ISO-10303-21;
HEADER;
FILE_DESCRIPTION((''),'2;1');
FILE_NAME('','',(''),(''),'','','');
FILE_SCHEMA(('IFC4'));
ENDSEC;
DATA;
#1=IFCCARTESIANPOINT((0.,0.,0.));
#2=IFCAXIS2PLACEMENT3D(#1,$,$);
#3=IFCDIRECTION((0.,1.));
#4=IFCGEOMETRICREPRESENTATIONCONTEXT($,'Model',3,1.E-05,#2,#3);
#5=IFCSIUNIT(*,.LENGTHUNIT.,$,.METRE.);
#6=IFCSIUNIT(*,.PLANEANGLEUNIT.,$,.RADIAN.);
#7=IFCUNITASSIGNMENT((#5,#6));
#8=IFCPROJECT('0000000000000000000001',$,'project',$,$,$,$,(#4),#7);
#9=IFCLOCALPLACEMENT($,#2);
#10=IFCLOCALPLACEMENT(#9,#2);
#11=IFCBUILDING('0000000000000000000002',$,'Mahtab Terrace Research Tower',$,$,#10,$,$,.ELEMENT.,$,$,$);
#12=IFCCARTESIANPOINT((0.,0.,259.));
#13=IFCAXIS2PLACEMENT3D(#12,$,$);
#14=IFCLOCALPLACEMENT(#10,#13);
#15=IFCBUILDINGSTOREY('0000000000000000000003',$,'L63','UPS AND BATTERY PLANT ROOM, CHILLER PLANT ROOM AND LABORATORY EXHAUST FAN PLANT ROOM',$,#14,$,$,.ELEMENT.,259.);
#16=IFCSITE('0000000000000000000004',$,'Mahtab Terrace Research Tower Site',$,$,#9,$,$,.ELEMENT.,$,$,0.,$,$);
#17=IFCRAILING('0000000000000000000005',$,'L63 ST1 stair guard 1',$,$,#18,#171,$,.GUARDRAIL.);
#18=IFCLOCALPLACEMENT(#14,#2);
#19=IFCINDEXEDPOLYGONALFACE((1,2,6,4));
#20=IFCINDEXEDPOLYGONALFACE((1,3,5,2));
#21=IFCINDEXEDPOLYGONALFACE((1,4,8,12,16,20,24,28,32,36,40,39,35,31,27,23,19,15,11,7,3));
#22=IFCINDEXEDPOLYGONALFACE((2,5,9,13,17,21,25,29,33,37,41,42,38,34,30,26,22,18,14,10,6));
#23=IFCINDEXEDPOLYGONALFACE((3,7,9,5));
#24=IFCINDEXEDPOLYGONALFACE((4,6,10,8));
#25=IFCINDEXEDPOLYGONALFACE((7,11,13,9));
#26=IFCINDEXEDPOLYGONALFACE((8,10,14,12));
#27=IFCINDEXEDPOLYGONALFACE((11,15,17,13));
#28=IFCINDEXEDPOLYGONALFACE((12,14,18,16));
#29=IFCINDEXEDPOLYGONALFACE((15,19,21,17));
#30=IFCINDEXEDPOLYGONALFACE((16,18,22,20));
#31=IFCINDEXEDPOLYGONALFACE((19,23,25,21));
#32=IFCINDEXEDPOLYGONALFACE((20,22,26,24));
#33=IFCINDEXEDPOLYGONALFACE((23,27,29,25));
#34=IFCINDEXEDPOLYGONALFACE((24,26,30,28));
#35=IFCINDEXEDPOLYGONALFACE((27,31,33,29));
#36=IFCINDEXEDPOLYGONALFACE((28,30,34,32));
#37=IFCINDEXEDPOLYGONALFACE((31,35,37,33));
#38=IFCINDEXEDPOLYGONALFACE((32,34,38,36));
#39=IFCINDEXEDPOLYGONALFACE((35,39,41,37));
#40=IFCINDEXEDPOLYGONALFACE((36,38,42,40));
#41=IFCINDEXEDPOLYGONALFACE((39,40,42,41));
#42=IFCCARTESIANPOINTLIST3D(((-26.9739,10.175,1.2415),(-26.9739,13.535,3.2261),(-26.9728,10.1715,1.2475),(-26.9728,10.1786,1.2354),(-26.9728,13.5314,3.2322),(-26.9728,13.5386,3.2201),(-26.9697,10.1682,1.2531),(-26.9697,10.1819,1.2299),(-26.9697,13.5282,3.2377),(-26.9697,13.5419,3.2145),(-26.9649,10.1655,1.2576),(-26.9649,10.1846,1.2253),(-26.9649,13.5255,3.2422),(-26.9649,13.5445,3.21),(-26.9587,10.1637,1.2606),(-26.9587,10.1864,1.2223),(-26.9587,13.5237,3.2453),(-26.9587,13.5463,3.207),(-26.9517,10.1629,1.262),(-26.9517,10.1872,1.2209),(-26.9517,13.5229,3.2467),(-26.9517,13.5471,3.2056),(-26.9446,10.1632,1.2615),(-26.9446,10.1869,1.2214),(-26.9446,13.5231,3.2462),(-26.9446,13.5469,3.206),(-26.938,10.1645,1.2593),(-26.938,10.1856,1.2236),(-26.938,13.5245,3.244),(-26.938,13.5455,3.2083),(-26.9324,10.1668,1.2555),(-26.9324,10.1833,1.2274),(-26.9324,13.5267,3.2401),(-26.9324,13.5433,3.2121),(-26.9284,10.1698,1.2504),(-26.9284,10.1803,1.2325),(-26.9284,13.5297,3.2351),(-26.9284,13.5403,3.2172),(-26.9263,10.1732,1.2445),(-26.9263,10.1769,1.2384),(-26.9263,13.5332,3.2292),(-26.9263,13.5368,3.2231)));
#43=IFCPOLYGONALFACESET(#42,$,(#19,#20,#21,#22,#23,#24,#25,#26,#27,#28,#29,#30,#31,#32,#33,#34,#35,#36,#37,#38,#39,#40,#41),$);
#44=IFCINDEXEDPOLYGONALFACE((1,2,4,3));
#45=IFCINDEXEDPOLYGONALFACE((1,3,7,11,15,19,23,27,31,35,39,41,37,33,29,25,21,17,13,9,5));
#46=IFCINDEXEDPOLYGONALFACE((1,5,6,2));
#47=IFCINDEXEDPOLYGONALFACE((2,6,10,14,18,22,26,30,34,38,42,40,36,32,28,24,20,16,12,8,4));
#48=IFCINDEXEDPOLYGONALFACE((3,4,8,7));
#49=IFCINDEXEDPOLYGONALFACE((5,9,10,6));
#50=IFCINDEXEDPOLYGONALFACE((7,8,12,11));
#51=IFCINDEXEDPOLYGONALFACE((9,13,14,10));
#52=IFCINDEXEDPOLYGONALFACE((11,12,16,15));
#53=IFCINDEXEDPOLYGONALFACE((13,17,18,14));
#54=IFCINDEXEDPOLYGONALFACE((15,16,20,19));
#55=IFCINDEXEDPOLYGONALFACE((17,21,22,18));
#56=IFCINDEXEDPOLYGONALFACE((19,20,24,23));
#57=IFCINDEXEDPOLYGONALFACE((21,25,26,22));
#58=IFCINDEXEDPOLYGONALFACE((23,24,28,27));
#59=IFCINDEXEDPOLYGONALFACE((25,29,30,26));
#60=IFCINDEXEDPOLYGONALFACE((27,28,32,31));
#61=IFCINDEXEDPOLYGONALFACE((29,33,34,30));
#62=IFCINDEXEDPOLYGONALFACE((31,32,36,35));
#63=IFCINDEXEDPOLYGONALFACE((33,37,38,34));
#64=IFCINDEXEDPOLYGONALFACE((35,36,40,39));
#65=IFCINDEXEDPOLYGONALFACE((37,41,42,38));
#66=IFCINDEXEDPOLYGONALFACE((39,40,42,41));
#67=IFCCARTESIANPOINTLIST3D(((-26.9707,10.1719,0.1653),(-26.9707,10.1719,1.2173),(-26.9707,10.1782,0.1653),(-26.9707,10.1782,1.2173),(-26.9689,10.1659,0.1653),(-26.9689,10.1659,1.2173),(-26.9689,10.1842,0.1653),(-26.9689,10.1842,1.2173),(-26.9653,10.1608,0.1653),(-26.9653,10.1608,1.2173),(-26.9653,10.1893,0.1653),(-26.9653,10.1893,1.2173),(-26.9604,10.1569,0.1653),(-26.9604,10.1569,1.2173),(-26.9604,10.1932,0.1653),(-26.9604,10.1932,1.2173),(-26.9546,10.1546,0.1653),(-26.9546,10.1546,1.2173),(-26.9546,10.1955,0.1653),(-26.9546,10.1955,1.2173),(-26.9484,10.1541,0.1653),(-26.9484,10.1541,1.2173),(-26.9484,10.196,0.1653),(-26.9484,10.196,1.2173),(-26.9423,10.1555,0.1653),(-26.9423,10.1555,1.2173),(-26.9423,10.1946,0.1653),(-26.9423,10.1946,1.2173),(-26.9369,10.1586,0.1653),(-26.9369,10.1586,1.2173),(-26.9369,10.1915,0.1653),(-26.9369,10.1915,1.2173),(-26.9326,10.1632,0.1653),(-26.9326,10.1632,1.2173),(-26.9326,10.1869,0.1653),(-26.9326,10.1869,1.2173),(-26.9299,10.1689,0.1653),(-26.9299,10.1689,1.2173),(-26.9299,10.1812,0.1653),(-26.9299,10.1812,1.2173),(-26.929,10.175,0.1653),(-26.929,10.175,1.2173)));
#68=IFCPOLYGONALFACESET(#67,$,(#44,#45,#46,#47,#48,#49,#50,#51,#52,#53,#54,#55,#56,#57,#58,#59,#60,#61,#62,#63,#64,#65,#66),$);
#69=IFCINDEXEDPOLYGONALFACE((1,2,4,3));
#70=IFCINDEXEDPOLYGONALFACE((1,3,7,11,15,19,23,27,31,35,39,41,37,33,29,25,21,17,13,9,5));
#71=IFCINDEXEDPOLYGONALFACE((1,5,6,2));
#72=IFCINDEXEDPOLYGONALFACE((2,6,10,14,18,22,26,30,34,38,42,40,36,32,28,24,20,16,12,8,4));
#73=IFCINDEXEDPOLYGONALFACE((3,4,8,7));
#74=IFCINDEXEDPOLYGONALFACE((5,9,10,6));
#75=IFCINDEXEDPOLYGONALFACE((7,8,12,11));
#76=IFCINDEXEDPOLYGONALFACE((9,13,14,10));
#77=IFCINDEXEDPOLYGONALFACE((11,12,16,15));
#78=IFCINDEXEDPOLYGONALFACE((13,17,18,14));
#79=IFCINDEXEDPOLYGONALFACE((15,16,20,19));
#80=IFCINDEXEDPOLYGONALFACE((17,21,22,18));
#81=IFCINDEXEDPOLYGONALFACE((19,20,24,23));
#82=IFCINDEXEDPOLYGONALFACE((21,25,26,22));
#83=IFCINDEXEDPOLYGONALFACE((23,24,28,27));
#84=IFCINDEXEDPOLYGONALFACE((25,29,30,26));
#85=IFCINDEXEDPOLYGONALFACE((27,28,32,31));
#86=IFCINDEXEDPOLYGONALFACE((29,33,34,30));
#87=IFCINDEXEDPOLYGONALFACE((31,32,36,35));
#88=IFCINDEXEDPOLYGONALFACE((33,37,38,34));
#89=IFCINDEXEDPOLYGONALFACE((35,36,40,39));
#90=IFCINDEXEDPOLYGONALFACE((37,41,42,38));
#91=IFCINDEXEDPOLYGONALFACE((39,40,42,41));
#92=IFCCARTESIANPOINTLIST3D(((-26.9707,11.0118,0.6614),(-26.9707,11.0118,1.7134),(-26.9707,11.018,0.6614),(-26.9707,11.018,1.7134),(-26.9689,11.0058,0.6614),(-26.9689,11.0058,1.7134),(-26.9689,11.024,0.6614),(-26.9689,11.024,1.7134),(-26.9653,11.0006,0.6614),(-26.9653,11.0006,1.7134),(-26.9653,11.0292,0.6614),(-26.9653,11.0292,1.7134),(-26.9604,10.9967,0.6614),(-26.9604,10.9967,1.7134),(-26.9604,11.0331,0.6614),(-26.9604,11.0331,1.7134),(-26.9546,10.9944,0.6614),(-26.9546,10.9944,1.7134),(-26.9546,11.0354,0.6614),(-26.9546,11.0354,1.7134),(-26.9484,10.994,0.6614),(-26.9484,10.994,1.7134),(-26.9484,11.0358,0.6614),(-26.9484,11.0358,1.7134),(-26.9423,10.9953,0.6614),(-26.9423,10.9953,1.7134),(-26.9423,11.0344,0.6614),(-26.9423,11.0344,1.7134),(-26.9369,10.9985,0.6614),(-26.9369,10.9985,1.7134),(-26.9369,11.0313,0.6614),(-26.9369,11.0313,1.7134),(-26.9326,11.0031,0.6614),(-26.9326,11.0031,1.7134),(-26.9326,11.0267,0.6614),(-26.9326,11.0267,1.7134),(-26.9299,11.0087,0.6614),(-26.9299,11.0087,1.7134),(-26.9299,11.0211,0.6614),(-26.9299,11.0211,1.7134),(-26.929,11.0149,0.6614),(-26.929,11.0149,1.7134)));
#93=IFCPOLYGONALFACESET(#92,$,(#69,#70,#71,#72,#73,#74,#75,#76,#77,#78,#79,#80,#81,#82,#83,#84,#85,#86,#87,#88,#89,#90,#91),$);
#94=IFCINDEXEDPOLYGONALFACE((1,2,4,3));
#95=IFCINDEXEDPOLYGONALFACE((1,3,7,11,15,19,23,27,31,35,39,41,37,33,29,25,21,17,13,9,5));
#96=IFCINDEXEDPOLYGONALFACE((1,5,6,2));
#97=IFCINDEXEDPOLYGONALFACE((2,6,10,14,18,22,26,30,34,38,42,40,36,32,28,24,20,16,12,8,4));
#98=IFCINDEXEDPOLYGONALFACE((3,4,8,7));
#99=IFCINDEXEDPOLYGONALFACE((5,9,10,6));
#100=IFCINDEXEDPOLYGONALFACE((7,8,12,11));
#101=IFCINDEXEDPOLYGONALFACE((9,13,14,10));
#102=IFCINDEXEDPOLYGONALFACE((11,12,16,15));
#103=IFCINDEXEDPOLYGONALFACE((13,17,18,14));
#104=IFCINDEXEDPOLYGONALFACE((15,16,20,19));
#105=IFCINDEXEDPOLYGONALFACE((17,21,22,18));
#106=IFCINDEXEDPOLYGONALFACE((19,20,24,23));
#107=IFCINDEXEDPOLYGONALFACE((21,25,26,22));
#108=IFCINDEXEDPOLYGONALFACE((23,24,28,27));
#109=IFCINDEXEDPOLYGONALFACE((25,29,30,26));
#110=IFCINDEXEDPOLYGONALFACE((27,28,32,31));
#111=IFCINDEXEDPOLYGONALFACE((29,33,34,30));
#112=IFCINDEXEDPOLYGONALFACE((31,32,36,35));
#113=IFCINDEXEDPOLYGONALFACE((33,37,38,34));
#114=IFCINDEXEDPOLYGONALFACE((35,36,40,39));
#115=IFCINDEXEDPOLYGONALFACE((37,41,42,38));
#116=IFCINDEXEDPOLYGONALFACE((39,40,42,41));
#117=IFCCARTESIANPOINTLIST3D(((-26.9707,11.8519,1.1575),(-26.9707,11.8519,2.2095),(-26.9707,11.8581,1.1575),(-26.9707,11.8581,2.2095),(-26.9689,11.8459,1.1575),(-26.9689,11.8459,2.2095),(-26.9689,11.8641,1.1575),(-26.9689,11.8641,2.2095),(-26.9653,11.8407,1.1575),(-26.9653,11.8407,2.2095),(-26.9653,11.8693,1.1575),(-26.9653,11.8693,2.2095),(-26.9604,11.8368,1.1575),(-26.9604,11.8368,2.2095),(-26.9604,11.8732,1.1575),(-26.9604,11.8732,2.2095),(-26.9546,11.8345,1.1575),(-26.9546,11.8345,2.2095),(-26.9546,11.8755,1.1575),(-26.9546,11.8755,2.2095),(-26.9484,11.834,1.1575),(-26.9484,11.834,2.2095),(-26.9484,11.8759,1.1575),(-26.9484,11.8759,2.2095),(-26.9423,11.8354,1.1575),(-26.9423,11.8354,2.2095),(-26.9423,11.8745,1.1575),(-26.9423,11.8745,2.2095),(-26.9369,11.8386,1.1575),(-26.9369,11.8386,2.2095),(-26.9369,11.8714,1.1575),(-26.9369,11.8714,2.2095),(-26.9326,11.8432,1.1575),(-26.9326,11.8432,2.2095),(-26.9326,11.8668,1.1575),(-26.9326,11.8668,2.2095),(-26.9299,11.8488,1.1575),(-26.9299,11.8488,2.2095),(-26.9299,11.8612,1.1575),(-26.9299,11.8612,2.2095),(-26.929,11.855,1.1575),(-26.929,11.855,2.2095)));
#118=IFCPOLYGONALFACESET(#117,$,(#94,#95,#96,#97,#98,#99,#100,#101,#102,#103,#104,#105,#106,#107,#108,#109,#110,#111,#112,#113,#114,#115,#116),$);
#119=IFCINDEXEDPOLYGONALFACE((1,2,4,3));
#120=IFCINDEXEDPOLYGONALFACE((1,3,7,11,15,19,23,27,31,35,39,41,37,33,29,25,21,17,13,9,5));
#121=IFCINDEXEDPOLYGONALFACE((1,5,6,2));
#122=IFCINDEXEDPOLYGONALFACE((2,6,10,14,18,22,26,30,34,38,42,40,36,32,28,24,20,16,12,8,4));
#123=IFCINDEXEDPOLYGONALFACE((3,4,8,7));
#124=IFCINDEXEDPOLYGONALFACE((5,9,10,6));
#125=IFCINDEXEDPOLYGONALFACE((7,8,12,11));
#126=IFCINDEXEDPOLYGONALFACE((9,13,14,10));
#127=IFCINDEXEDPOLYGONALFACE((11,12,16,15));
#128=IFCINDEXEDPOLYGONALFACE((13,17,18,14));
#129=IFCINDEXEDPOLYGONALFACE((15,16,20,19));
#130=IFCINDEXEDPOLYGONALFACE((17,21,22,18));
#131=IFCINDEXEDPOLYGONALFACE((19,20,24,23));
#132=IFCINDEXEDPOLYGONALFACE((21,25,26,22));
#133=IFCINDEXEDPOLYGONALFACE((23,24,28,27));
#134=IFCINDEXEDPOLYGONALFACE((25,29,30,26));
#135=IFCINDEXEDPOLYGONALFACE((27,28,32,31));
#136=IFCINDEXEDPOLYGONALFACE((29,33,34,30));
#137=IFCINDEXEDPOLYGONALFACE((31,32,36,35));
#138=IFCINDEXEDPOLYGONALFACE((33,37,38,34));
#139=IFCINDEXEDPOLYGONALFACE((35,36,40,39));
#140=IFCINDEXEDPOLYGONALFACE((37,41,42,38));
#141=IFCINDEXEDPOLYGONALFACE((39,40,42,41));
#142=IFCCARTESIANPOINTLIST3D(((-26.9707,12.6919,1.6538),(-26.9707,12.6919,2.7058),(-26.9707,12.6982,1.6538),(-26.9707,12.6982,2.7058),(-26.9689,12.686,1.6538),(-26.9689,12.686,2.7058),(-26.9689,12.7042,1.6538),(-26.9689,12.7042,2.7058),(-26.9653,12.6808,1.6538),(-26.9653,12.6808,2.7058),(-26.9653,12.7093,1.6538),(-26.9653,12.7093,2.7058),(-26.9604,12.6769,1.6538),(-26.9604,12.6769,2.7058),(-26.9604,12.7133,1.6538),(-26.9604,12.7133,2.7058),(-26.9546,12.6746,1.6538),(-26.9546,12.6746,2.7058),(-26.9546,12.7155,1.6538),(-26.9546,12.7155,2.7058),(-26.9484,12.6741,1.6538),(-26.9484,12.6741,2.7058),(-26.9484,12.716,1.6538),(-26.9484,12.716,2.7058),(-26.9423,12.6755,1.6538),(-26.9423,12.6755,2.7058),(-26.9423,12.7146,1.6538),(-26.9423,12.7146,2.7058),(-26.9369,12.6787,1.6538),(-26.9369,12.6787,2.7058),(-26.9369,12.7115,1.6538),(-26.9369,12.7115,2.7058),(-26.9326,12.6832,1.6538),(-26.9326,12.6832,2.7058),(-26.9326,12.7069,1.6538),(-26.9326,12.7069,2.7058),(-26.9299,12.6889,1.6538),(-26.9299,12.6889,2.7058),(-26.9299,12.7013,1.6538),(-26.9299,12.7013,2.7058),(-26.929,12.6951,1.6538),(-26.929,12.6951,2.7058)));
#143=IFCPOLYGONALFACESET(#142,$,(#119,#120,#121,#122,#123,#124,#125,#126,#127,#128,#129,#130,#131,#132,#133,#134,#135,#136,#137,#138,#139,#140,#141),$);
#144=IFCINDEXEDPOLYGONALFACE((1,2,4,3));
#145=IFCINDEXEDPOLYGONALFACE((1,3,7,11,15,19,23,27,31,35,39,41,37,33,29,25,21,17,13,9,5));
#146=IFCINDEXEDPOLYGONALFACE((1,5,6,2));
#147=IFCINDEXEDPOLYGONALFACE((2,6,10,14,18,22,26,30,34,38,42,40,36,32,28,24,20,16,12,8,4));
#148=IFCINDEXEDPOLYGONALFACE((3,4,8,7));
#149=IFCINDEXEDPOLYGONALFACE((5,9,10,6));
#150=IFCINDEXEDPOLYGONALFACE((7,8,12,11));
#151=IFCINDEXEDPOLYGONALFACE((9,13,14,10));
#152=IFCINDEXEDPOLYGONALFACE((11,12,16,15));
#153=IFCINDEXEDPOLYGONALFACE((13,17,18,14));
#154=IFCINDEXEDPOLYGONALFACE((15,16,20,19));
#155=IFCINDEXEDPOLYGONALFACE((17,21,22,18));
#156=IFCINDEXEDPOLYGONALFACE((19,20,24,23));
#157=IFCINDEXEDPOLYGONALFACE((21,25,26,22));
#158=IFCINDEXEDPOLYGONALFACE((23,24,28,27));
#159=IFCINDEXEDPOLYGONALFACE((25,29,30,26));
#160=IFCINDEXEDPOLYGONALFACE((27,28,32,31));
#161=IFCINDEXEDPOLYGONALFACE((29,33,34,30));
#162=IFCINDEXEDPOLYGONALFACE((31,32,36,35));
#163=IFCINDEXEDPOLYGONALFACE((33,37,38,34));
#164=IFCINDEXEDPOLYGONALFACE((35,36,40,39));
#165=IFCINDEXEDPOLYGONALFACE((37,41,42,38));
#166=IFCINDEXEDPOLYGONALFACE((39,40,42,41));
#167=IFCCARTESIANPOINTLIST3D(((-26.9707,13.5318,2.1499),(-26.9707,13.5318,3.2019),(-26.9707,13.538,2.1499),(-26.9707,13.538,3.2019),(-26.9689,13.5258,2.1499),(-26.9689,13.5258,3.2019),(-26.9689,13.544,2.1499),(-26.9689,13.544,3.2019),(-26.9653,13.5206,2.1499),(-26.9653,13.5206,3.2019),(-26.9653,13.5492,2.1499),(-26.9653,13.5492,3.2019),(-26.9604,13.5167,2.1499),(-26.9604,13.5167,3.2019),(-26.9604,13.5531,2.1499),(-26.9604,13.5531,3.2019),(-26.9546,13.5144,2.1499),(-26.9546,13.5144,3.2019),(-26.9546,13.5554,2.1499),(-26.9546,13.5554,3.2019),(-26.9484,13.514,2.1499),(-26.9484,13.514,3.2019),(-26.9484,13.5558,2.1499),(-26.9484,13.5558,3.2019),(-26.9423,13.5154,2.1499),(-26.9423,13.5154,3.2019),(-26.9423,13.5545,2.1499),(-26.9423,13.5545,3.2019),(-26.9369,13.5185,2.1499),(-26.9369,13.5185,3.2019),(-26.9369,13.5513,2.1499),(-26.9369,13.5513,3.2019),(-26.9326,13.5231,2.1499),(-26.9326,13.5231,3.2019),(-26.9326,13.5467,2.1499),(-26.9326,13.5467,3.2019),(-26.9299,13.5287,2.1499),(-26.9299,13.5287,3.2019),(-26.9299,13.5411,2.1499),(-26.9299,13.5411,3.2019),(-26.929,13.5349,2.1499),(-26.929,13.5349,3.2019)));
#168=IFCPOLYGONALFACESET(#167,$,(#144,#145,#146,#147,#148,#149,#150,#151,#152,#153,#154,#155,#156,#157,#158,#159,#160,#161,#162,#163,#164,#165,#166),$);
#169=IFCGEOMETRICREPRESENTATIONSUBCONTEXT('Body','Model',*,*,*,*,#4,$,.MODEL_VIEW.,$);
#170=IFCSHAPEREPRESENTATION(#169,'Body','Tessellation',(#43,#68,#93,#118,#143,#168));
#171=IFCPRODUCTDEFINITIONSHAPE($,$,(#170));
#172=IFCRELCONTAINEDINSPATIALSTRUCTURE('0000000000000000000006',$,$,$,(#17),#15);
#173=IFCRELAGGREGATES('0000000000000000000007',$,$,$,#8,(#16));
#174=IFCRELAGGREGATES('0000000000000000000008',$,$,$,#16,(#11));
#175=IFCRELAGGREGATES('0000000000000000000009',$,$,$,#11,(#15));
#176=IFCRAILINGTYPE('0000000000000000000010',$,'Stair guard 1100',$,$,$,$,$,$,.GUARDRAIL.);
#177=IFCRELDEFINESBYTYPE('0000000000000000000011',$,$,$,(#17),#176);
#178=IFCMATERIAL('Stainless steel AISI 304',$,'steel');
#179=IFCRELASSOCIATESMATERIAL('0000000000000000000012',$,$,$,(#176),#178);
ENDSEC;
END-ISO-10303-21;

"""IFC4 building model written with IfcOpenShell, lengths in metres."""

from ifc_helpers import new_model, si_unit, direction, frame, origin, origin_2d, place, context, subcontext, project, spatial, circle, extrude, material, type_object, element, save


model = new_model("IFC4")

# Units and contexts
model_context = context("Model", 3, precision=1e-05, world=origin(), true_north=direction((0.0, 1.0)))
body_context = subcontext(model_context, "Body", "Model", "MODEL_VIEW")
ifc_project = project(units=[si_unit("LENGTHUNIT", "METRE"), si_unit("PLANEANGLEUNIT", "RADIAN")], contexts=[model_context])

# Site, building, storey
site_placement = place(None, origin())
site = spatial("IfcSite", under=ifc_project, at=site_placement, Name="Mahtab Terrace Research Tower Site", CompositionType="ELEMENT", RefElevation=0.0)
building_placement = place(site_placement, origin())
building = spatial("IfcBuilding", under=site, at=building_placement, Name="Mahtab Terrace Research Tower", CompositionType="ELEMENT")
storey_placement = place(building_placement, frame((0.0, 0.0, 259.0)))
storey = spatial("IfcBuildingStorey", under=building, at=storey_placement, Name="L63", Description="UPS AND BATTERY PLANT ROOM, CHILLER PLANT ROOM AND LABORATORY EXHAUST FAN PLANT ROOM", CompositionType="ELEMENT", Elevation=259.0)

# Railing
ifc_material_1 = material(Name="Stainless steel AISI 304", Category="steel")
railing_type_1 = type_object("IfcRailingType", Name="Stair guard 1100", PredefinedType="GUARDRAIL", material=ifc_material_1)
railing_1_placement = place(storey_placement, frame((-26.95, 10.175, 0.1653)))
element("IfcRailing", 1, at=railing_1_placement, inside=storey, type_object=railing_type_1, Name="L63 ST1 stair guard 1", PredefinedType="GUARDRAIL", context=body_context, shape_type="SweptSolid", body=[
    extrude(circle(Radius=0.0239, at=origin_2d()), frame((0.0, 0.0, 1.0762), z_axis=(0.0, 0.861011, 0.508586), x_axis=(-1.0, 0.0, 0.0)), (0.0, 0.0, 1.0), 3.9023),
    extrude(circle(Radius=0.021, at=origin_2d()), origin(), (0.0, 0.0, 1.0), 1.052),
    extrude(circle(Radius=0.021, at=origin_2d()), frame((0.0, 0.8398, 0.4961)), (0.0, 0.0, 1.0), 1.052),
    extrude(circle(Radius=0.021, at=origin_2d()), frame((0.0, 1.6799, 0.9922)), (0.0, 0.0, 1.0), 1.052),
    extrude(circle(Radius=0.021, at=origin_2d()), frame((0.0, 2.52, 1.4885)), (0.0, 0.0, 1.0), 1.052),
    extrude(circle(Radius=0.021, at=origin_2d()), frame((0.0, 3.3599, 1.9846)), (0.0, 0.0, 1.0), 1.052),
])

save(model, "model.ifc")
